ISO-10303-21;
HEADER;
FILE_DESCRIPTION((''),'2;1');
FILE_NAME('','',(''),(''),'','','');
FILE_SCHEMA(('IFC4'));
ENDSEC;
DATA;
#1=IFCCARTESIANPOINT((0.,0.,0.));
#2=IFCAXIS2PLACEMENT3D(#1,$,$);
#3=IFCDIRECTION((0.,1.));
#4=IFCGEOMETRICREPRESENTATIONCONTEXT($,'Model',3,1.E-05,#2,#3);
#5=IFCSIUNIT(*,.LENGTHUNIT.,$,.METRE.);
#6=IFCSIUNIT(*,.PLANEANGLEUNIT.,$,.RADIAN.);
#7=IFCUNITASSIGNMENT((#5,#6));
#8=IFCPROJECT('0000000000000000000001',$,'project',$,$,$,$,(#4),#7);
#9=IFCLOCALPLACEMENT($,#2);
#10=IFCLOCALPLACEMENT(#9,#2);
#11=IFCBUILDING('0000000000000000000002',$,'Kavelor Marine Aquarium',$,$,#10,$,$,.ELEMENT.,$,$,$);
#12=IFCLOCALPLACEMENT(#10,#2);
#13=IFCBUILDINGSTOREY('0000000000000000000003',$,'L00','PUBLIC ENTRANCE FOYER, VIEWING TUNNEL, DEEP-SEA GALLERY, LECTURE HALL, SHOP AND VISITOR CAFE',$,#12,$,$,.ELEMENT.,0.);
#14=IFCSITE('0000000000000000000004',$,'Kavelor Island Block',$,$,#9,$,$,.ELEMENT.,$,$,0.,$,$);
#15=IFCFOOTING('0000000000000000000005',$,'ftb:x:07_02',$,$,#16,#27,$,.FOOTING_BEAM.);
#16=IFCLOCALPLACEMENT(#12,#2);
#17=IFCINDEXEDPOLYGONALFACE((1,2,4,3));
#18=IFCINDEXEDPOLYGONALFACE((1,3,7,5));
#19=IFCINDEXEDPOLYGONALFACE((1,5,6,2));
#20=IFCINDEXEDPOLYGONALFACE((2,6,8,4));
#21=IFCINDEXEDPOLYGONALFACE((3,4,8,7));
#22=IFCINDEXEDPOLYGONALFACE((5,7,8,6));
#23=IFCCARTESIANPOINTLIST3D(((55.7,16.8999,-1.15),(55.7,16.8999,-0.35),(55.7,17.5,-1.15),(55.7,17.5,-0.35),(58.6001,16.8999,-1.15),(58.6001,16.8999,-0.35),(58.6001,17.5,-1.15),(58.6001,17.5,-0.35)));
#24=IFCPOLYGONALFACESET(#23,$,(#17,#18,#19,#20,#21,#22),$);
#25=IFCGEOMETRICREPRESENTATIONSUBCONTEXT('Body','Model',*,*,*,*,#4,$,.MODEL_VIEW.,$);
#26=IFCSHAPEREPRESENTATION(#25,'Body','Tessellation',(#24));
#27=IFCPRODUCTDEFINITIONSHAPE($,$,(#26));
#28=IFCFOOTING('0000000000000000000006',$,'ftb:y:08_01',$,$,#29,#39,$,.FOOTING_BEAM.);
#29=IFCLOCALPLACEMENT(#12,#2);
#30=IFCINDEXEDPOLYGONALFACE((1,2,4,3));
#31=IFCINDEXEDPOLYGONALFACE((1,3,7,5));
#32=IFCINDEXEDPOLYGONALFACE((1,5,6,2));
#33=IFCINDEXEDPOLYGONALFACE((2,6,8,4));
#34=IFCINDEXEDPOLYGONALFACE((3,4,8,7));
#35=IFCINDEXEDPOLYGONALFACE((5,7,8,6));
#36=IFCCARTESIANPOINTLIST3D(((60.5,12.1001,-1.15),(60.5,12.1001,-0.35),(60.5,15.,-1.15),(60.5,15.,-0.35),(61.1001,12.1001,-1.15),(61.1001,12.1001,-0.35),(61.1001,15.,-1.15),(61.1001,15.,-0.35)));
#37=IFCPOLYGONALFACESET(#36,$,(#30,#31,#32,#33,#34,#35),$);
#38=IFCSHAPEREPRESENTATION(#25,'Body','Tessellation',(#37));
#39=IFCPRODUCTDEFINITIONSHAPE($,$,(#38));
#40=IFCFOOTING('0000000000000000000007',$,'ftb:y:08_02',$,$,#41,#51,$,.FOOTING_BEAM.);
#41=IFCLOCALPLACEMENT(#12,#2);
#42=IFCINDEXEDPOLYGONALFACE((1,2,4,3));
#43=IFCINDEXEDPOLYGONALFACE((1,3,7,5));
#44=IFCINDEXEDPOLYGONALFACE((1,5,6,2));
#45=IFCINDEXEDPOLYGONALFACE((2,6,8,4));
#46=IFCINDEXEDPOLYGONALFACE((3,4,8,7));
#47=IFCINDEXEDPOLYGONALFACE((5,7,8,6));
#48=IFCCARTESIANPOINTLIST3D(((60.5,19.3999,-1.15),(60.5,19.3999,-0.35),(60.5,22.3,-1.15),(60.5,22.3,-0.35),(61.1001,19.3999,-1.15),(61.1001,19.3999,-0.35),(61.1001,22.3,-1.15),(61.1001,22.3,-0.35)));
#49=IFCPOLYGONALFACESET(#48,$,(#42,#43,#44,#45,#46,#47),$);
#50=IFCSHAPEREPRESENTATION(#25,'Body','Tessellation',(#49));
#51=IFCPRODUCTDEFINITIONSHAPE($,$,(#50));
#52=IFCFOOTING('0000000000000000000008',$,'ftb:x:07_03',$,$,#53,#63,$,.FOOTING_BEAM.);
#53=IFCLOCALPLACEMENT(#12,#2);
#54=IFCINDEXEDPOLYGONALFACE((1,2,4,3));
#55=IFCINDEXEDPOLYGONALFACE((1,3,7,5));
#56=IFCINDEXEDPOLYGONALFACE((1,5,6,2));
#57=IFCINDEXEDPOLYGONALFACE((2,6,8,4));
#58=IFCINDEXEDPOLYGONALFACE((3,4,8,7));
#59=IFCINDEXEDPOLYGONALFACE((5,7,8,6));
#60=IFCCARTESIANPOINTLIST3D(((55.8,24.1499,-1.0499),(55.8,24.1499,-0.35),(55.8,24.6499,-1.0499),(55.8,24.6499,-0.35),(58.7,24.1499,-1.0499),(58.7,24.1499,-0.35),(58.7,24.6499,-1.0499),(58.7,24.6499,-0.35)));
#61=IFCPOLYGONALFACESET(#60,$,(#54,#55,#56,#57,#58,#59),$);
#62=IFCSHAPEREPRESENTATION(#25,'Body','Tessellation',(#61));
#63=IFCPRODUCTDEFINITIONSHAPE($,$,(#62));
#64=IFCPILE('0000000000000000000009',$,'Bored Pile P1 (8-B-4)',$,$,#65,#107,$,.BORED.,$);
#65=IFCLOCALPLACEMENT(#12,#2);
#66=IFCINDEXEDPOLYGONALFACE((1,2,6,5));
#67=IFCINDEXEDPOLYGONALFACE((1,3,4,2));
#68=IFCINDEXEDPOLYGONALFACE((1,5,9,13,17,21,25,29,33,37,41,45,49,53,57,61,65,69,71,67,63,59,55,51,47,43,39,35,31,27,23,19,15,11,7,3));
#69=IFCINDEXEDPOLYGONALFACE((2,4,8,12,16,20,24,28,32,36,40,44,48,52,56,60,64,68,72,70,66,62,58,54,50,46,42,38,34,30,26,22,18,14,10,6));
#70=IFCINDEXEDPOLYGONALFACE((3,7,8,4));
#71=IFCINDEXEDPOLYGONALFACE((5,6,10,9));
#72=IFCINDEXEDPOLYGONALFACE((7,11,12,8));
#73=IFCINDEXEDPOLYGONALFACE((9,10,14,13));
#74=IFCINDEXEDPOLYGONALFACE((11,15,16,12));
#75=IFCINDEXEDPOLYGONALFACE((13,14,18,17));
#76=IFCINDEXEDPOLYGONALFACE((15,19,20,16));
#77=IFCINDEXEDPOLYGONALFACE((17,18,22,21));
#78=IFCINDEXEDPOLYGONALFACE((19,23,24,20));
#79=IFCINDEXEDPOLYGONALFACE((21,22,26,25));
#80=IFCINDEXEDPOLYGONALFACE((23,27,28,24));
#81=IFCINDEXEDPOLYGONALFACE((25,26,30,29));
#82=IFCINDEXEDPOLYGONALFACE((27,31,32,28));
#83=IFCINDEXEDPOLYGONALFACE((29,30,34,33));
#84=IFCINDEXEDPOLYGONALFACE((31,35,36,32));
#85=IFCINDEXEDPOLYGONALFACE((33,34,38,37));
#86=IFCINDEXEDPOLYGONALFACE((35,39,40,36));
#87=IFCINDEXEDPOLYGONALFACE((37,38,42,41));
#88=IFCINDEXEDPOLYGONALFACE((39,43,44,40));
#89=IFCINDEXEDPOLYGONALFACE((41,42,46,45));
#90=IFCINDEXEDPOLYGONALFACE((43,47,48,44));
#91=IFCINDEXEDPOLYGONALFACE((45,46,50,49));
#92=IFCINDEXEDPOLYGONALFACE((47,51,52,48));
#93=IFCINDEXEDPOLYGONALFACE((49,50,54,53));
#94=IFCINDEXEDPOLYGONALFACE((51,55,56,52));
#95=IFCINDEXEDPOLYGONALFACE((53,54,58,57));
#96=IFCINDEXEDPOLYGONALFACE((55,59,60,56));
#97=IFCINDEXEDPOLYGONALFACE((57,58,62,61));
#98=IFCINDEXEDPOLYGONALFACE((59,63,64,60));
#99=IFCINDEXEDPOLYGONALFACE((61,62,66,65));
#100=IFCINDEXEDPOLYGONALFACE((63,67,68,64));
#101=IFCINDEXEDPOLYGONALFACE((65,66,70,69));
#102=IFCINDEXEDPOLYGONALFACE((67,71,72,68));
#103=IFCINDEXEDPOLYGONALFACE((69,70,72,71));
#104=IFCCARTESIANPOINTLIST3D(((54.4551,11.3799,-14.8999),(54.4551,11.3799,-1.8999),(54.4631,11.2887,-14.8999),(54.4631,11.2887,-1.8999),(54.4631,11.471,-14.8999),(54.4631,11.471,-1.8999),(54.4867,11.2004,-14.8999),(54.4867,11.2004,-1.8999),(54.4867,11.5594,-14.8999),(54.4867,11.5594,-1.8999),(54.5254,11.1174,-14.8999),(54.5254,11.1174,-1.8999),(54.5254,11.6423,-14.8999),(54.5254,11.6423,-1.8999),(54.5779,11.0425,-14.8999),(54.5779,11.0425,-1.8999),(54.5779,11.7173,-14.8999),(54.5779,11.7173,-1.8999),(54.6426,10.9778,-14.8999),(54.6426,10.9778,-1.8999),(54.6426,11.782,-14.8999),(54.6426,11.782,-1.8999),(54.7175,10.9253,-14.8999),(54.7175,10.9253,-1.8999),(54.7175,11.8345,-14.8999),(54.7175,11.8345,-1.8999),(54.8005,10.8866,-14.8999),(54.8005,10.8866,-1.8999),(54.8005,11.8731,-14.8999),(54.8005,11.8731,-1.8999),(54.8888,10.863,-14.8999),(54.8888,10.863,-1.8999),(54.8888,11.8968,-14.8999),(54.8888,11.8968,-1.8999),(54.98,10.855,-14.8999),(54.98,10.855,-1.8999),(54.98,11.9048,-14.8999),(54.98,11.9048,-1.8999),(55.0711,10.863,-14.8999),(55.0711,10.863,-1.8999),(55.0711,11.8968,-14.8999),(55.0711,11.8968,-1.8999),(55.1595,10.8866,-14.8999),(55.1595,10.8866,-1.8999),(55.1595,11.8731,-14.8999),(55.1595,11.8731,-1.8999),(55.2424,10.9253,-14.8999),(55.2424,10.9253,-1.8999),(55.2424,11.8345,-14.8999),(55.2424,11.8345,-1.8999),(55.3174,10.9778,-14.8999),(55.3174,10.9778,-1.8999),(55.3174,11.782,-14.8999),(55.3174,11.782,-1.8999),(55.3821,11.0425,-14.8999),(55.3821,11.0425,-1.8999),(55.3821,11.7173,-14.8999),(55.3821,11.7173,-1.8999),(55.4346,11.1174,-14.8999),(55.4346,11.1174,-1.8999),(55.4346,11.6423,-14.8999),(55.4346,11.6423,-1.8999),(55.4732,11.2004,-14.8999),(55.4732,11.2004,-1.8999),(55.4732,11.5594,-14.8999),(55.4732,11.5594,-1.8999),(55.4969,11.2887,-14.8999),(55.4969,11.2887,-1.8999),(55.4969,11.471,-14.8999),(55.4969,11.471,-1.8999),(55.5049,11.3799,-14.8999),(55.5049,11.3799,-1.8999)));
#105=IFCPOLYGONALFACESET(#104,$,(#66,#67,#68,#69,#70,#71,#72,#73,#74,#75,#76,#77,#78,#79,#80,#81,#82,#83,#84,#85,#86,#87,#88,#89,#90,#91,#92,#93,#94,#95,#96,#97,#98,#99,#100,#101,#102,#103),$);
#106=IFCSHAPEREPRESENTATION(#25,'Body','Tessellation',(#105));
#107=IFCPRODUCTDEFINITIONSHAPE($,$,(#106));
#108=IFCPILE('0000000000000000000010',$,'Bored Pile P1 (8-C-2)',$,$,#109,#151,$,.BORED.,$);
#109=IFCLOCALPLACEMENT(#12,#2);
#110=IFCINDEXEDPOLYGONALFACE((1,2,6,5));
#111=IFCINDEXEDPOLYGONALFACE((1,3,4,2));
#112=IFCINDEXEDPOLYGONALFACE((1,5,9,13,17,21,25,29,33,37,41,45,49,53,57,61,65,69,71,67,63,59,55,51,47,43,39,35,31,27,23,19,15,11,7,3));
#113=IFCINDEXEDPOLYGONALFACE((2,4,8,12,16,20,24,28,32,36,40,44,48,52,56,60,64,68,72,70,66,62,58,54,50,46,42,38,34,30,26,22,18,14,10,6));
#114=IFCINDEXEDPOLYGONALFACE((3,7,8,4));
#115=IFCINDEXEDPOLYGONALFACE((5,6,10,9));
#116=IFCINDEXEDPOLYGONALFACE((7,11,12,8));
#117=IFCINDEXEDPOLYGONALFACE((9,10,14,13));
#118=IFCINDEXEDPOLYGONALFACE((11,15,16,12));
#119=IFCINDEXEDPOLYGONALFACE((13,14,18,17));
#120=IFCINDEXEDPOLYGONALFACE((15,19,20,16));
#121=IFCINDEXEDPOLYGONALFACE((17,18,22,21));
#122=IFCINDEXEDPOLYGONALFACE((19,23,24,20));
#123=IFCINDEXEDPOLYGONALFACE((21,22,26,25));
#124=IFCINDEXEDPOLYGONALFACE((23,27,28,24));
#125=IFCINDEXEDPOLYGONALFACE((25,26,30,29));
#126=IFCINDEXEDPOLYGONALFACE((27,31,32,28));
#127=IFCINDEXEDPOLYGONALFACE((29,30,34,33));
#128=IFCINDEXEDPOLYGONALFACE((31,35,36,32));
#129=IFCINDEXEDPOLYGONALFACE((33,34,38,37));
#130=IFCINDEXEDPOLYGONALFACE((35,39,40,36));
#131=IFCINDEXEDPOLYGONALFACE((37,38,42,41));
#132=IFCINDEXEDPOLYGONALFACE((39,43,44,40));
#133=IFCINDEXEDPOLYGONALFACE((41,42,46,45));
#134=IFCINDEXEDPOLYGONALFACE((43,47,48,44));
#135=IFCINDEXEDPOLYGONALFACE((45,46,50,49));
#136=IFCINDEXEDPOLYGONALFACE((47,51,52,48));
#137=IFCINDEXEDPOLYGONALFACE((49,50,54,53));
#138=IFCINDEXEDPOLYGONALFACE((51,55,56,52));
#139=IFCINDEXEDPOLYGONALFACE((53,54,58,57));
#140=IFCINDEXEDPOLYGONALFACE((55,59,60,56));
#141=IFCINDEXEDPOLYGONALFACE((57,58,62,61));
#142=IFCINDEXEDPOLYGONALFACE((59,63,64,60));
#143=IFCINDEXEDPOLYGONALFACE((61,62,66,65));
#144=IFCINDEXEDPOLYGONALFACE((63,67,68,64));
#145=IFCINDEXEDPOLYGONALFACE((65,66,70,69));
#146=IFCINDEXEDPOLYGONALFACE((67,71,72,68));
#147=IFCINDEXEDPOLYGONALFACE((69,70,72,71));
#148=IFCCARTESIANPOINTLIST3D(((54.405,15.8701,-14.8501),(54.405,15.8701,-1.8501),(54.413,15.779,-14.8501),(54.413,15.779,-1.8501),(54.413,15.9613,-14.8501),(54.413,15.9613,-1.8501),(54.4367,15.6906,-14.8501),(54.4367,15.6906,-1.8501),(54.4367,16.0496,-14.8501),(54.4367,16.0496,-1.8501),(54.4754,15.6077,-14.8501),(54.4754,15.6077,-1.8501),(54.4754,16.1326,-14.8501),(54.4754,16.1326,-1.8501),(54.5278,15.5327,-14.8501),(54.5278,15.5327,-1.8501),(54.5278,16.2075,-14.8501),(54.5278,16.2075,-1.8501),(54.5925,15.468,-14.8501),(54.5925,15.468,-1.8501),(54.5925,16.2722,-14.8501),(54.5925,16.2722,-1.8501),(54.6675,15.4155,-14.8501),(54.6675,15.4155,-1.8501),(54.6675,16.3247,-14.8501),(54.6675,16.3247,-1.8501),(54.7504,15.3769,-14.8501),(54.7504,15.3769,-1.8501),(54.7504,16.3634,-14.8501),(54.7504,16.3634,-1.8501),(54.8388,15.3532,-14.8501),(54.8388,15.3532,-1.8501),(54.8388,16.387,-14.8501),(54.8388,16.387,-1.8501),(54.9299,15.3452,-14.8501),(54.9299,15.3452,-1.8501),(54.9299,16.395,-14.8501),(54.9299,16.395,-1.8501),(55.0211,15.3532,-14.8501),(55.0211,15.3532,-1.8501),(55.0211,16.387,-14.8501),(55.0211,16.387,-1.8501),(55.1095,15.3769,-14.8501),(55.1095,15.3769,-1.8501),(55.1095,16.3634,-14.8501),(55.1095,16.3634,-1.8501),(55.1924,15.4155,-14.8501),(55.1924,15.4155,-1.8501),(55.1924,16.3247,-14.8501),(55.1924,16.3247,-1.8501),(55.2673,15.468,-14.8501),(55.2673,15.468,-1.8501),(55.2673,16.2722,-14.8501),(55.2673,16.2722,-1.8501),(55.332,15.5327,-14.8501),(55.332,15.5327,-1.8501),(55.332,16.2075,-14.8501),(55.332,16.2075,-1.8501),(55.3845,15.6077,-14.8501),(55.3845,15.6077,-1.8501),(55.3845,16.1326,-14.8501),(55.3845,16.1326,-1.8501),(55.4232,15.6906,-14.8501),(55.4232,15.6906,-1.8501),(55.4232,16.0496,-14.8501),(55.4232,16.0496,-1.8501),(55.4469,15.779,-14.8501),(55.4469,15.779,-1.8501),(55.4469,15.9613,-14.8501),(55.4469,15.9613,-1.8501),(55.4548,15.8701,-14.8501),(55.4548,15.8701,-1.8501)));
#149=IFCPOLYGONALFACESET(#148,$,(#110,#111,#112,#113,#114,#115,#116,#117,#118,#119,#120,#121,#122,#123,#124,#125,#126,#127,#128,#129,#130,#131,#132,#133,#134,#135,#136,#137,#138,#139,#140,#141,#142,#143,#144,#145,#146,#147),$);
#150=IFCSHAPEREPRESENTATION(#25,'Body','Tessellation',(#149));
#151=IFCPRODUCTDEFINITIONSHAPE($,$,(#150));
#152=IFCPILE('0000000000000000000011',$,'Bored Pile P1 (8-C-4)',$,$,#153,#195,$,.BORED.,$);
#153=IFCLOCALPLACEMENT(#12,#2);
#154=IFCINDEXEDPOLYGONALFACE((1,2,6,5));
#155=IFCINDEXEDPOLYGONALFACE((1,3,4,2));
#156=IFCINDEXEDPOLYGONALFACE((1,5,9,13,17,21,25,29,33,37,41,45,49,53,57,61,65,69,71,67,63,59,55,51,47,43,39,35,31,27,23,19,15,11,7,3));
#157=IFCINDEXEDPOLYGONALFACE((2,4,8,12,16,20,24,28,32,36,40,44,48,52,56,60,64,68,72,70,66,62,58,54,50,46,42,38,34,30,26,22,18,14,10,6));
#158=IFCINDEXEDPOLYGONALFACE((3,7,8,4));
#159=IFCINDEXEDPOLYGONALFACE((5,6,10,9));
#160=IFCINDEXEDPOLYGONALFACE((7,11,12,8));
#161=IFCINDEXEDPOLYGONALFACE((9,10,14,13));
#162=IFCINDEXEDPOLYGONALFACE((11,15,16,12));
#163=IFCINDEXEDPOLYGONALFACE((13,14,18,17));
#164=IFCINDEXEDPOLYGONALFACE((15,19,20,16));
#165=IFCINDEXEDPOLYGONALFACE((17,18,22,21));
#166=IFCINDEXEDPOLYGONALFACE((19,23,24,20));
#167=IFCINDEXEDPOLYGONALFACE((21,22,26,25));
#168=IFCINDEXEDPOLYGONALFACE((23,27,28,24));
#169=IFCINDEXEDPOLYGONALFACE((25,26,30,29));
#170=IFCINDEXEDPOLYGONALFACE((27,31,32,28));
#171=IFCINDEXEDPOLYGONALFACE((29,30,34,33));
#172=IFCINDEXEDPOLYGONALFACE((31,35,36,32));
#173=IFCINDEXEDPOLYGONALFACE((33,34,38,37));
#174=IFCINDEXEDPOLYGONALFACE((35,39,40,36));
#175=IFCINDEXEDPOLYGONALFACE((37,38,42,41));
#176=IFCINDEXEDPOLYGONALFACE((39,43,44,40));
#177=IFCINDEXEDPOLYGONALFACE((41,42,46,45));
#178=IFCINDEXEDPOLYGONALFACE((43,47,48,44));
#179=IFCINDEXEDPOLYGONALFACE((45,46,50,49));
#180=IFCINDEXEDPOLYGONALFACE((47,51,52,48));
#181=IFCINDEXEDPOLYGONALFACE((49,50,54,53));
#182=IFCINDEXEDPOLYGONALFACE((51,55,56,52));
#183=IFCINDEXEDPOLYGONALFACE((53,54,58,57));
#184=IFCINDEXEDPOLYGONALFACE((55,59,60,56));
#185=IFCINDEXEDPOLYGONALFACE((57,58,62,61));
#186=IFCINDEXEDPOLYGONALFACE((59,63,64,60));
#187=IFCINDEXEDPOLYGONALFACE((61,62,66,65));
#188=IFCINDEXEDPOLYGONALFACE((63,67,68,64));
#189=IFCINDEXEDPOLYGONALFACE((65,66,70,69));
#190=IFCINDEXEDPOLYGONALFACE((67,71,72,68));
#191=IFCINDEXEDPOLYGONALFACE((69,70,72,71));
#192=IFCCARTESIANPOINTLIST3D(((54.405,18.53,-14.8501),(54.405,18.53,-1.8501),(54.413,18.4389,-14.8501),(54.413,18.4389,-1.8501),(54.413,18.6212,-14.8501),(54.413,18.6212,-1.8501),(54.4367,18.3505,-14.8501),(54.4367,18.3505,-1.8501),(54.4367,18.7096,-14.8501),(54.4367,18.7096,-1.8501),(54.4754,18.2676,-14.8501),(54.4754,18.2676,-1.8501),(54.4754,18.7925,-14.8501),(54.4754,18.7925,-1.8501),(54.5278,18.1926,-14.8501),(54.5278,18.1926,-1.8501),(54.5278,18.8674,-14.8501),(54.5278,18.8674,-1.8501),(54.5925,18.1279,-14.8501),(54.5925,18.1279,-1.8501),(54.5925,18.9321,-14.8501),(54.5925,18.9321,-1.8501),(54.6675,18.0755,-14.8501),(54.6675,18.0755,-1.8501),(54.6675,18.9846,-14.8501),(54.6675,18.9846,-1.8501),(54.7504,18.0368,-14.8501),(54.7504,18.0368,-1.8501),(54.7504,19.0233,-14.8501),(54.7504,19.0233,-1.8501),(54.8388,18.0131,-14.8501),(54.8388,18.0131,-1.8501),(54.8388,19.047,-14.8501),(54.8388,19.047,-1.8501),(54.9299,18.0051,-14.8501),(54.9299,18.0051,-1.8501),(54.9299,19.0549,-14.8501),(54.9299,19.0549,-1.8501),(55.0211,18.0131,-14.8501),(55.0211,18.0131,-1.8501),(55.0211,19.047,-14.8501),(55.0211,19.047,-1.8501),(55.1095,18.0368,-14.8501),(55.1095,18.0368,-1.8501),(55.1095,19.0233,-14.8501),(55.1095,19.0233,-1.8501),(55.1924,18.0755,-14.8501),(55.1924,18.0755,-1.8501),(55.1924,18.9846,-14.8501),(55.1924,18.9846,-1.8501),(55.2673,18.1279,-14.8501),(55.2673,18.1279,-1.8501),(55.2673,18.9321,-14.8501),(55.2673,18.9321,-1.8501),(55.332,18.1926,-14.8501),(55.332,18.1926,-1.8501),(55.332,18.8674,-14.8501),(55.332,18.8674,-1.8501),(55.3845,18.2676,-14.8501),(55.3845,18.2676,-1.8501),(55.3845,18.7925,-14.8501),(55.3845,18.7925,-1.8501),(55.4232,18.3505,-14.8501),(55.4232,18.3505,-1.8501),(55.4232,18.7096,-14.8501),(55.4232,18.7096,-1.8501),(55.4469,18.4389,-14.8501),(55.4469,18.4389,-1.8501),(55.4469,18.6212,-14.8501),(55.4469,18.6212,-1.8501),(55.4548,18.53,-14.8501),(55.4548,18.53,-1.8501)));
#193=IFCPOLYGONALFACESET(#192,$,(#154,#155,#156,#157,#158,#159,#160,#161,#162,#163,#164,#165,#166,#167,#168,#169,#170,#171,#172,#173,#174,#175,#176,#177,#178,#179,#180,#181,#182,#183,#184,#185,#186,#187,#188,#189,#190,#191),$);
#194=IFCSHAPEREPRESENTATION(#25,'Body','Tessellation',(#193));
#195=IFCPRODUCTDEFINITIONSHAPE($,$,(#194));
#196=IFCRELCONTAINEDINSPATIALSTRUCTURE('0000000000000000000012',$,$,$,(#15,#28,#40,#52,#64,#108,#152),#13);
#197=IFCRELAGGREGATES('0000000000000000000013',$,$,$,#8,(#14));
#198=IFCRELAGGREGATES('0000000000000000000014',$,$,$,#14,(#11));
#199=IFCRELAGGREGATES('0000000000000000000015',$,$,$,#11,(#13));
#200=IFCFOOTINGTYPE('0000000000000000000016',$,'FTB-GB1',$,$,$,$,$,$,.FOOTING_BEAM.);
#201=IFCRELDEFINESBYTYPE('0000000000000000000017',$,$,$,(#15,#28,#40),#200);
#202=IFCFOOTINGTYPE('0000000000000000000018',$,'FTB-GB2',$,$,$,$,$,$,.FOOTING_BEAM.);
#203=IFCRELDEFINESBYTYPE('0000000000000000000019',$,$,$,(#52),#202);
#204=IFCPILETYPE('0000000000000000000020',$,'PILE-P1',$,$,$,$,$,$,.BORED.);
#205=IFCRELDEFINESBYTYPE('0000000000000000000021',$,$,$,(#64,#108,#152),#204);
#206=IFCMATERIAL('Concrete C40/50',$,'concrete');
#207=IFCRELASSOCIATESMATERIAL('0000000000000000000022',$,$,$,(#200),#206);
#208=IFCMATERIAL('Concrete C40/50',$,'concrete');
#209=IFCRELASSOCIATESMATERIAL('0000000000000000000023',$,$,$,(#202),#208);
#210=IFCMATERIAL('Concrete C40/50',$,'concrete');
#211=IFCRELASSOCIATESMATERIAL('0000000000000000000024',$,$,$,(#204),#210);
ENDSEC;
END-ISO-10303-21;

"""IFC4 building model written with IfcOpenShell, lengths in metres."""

from ifc_helpers import new_model, si_unit, direction, frame, origin, origin_2d, place, context, subcontext, project, spatial, rectangle, circle, extrude, material, material_profile, profile_set, type_object, element, save


model = new_model("IFC4")

# Units and contexts
model_context = context("Model", 3, precision=1e-05, world=origin(), true_north=direction((0.0, 1.0)))
body_context = subcontext(model_context, "Body", "Model", "MODEL_VIEW")
ifc_project = project(units=[si_unit("LENGTHUNIT", "METRE"), si_unit("PLANEANGLEUNIT", "RADIAN")], contexts=[model_context])

# Site, building, storey
site_placement = place(None, origin())
site = spatial("IfcSite", under=ifc_project, at=site_placement, Name="Kavelor Island Block", CompositionType="ELEMENT", RefElevation=0.0)
building_placement = place(site_placement, origin())
building = spatial("IfcBuilding", under=site, at=building_placement, Name="Kavelor Marine Aquarium", CompositionType="ELEMENT")
storey_placement = place(building_placement, origin())
storey = spatial("IfcBuildingStorey", under=building, at=storey_placement, Name="L00", Description="PUBLIC ENTRANCE FOYER, VIEWING TUNNEL, DEEP-SEA GALLERY, LECTURE HALL, SHOP AND VISITOR CAFE", CompositionType="ELEMENT", Elevation=0.0)

# Footings
ifc_material_1 = material(Name="Concrete C40/50", Category="concrete")
ifc_material_profile_1 = material_profile(ifc_material_1, rectangle(XDim=0.6001, YDim=0.8, at=origin_2d()), Name="GB 600x800")
ifc_profile_set_1 = profile_set([ifc_material_profile_1], Name="Concrete C40/50")
footing_type_1 = type_object("IfcFootingType", Name="FTB-GB1", PredefinedType="FOOTING_BEAM", material=ifc_profile_set_1)
footing_1_placement = place(storey_placement, frame((55.7, 17.2, -0.75), z_axis=(1.0, 0.0, 0.0), x_axis=(0.0, 1.0, 0.0)))
element("IfcFooting", 1, at=footing_1_placement, inside=storey, type_object=footing_type_1, Name="ftb:x:07_02", PredefinedType="FOOTING_BEAM", context=body_context, shape_type="SweptSolid", body=[
    extrude(rectangle(XDim=0.6001, YDim=0.8, at=origin_2d()), origin(), (0.0, 0.0, 1.0), 2.9001),
])
footing_2_placement = place(storey_placement, frame((60.8, 12.1001, -0.75), z_axis=(0.0, 1.0, 0.0), x_axis=(-1.0, 0.0, 0.0)))
element("IfcFooting", 2, at=footing_2_placement, inside=storey, type_object=footing_type_1, Name="ftb:y:08_01", PredefinedType="FOOTING_BEAM", context=body_context, shape_type="SweptSolid", body=[
    extrude(rectangle(XDim=0.6001, YDim=0.8, at=origin_2d()), origin(), (0.0, 0.0, 1.0), 2.8999),
])
footing_3_placement = place(storey_placement, frame((60.8, 19.3999, -0.75), z_axis=(0.0, 1.0, 0.0), x_axis=(-1.0, 0.0, 0.0)))
element("IfcFooting", 3, at=footing_3_placement, inside=storey, type_object=footing_type_1, Name="ftb:y:08_02", PredefinedType="FOOTING_BEAM", context=body_context, shape_type="SweptSolid", body=[
    extrude(rectangle(XDim=0.6001, YDim=0.8, at=origin_2d()), origin(), (0.0, 0.0, 1.0), 2.9001),
])
ifc_material_2 = material(Name="Concrete C40/50", Category="concrete")
ifc_material_profile_2 = material_profile(ifc_material_2, rectangle(XDim=0.5, YDim=0.7, at=origin_2d()), Name="GB 500x700")
ifc_profile_set_2 = profile_set([ifc_material_profile_2], Name="Concrete C40/50")
footing_type_2 = type_object("IfcFootingType", Name="FTB-GB2", PredefinedType="FOOTING_BEAM", material=ifc_profile_set_2)
footing_4_placement = place(storey_placement, frame((55.8, 24.3999, -0.7), z_axis=(1.0, 0.0, 0.0), x_axis=(0.0, 1.0, 0.0)))
element("IfcFooting", 4, at=footing_4_placement, inside=storey, type_object=footing_type_2, Name="ftb:x:07_03", PredefinedType="FOOTING_BEAM", context=body_context, shape_type="SweptSolid", body=[
    extrude(rectangle(XDim=0.5, YDim=0.7, at=origin_2d()), origin(), (0.0, 0.0, 1.0), 2.8999),
])

# Piles
ifc_material_3 = material(Name="Concrete C40/50", Category="concrete")
ifc_material_profile_3 = material_profile(ifc_material_3, circle(Radius=0.5249, at=origin_2d()), Name="PILE D1050")
ifc_profile_set_3 = profile_set([ifc_material_profile_3], Name="Concrete C40/50")
pile_type = type_object("IfcPileType", Name="PILE-P1", PredefinedType="BORED", material=ifc_profile_set_3)
for number, where, z_axis, x_axis, name in (
    (5, (54.98, 11.3799, -1.8999), (0.0, 0.0, -1.0), (1.0, 0.0, 0.0), "Bored Pile P1 (8-B-4)"),
    (6, (54.9299, 15.8701, -1.8501), (0.0, 0.0, -1.0), (1.0, 0.0, 0.0), "Bored Pile P1 (8-C-2)"),
    (7, (54.9299, 18.53, -1.8501), (0.0, 0.0, -1.0), (1.0, 0.0, 0.0), "Bored Pile P1 (8-C-4)"),
):
    element("IfcPile", number, at=place(storey_placement, frame(where, z_axis=z_axis, x_axis=x_axis)), inside=storey, type_object=pile_type, Name=name, PredefinedType="BORED", context=body_context, shape_type="SweptSolid", body=[
        extrude(circle(Radius=0.5249, at=origin_2d()), origin(), (0.0, 0.0, 1.0), 13.0),
    ])

save(model, "model.ifc")
